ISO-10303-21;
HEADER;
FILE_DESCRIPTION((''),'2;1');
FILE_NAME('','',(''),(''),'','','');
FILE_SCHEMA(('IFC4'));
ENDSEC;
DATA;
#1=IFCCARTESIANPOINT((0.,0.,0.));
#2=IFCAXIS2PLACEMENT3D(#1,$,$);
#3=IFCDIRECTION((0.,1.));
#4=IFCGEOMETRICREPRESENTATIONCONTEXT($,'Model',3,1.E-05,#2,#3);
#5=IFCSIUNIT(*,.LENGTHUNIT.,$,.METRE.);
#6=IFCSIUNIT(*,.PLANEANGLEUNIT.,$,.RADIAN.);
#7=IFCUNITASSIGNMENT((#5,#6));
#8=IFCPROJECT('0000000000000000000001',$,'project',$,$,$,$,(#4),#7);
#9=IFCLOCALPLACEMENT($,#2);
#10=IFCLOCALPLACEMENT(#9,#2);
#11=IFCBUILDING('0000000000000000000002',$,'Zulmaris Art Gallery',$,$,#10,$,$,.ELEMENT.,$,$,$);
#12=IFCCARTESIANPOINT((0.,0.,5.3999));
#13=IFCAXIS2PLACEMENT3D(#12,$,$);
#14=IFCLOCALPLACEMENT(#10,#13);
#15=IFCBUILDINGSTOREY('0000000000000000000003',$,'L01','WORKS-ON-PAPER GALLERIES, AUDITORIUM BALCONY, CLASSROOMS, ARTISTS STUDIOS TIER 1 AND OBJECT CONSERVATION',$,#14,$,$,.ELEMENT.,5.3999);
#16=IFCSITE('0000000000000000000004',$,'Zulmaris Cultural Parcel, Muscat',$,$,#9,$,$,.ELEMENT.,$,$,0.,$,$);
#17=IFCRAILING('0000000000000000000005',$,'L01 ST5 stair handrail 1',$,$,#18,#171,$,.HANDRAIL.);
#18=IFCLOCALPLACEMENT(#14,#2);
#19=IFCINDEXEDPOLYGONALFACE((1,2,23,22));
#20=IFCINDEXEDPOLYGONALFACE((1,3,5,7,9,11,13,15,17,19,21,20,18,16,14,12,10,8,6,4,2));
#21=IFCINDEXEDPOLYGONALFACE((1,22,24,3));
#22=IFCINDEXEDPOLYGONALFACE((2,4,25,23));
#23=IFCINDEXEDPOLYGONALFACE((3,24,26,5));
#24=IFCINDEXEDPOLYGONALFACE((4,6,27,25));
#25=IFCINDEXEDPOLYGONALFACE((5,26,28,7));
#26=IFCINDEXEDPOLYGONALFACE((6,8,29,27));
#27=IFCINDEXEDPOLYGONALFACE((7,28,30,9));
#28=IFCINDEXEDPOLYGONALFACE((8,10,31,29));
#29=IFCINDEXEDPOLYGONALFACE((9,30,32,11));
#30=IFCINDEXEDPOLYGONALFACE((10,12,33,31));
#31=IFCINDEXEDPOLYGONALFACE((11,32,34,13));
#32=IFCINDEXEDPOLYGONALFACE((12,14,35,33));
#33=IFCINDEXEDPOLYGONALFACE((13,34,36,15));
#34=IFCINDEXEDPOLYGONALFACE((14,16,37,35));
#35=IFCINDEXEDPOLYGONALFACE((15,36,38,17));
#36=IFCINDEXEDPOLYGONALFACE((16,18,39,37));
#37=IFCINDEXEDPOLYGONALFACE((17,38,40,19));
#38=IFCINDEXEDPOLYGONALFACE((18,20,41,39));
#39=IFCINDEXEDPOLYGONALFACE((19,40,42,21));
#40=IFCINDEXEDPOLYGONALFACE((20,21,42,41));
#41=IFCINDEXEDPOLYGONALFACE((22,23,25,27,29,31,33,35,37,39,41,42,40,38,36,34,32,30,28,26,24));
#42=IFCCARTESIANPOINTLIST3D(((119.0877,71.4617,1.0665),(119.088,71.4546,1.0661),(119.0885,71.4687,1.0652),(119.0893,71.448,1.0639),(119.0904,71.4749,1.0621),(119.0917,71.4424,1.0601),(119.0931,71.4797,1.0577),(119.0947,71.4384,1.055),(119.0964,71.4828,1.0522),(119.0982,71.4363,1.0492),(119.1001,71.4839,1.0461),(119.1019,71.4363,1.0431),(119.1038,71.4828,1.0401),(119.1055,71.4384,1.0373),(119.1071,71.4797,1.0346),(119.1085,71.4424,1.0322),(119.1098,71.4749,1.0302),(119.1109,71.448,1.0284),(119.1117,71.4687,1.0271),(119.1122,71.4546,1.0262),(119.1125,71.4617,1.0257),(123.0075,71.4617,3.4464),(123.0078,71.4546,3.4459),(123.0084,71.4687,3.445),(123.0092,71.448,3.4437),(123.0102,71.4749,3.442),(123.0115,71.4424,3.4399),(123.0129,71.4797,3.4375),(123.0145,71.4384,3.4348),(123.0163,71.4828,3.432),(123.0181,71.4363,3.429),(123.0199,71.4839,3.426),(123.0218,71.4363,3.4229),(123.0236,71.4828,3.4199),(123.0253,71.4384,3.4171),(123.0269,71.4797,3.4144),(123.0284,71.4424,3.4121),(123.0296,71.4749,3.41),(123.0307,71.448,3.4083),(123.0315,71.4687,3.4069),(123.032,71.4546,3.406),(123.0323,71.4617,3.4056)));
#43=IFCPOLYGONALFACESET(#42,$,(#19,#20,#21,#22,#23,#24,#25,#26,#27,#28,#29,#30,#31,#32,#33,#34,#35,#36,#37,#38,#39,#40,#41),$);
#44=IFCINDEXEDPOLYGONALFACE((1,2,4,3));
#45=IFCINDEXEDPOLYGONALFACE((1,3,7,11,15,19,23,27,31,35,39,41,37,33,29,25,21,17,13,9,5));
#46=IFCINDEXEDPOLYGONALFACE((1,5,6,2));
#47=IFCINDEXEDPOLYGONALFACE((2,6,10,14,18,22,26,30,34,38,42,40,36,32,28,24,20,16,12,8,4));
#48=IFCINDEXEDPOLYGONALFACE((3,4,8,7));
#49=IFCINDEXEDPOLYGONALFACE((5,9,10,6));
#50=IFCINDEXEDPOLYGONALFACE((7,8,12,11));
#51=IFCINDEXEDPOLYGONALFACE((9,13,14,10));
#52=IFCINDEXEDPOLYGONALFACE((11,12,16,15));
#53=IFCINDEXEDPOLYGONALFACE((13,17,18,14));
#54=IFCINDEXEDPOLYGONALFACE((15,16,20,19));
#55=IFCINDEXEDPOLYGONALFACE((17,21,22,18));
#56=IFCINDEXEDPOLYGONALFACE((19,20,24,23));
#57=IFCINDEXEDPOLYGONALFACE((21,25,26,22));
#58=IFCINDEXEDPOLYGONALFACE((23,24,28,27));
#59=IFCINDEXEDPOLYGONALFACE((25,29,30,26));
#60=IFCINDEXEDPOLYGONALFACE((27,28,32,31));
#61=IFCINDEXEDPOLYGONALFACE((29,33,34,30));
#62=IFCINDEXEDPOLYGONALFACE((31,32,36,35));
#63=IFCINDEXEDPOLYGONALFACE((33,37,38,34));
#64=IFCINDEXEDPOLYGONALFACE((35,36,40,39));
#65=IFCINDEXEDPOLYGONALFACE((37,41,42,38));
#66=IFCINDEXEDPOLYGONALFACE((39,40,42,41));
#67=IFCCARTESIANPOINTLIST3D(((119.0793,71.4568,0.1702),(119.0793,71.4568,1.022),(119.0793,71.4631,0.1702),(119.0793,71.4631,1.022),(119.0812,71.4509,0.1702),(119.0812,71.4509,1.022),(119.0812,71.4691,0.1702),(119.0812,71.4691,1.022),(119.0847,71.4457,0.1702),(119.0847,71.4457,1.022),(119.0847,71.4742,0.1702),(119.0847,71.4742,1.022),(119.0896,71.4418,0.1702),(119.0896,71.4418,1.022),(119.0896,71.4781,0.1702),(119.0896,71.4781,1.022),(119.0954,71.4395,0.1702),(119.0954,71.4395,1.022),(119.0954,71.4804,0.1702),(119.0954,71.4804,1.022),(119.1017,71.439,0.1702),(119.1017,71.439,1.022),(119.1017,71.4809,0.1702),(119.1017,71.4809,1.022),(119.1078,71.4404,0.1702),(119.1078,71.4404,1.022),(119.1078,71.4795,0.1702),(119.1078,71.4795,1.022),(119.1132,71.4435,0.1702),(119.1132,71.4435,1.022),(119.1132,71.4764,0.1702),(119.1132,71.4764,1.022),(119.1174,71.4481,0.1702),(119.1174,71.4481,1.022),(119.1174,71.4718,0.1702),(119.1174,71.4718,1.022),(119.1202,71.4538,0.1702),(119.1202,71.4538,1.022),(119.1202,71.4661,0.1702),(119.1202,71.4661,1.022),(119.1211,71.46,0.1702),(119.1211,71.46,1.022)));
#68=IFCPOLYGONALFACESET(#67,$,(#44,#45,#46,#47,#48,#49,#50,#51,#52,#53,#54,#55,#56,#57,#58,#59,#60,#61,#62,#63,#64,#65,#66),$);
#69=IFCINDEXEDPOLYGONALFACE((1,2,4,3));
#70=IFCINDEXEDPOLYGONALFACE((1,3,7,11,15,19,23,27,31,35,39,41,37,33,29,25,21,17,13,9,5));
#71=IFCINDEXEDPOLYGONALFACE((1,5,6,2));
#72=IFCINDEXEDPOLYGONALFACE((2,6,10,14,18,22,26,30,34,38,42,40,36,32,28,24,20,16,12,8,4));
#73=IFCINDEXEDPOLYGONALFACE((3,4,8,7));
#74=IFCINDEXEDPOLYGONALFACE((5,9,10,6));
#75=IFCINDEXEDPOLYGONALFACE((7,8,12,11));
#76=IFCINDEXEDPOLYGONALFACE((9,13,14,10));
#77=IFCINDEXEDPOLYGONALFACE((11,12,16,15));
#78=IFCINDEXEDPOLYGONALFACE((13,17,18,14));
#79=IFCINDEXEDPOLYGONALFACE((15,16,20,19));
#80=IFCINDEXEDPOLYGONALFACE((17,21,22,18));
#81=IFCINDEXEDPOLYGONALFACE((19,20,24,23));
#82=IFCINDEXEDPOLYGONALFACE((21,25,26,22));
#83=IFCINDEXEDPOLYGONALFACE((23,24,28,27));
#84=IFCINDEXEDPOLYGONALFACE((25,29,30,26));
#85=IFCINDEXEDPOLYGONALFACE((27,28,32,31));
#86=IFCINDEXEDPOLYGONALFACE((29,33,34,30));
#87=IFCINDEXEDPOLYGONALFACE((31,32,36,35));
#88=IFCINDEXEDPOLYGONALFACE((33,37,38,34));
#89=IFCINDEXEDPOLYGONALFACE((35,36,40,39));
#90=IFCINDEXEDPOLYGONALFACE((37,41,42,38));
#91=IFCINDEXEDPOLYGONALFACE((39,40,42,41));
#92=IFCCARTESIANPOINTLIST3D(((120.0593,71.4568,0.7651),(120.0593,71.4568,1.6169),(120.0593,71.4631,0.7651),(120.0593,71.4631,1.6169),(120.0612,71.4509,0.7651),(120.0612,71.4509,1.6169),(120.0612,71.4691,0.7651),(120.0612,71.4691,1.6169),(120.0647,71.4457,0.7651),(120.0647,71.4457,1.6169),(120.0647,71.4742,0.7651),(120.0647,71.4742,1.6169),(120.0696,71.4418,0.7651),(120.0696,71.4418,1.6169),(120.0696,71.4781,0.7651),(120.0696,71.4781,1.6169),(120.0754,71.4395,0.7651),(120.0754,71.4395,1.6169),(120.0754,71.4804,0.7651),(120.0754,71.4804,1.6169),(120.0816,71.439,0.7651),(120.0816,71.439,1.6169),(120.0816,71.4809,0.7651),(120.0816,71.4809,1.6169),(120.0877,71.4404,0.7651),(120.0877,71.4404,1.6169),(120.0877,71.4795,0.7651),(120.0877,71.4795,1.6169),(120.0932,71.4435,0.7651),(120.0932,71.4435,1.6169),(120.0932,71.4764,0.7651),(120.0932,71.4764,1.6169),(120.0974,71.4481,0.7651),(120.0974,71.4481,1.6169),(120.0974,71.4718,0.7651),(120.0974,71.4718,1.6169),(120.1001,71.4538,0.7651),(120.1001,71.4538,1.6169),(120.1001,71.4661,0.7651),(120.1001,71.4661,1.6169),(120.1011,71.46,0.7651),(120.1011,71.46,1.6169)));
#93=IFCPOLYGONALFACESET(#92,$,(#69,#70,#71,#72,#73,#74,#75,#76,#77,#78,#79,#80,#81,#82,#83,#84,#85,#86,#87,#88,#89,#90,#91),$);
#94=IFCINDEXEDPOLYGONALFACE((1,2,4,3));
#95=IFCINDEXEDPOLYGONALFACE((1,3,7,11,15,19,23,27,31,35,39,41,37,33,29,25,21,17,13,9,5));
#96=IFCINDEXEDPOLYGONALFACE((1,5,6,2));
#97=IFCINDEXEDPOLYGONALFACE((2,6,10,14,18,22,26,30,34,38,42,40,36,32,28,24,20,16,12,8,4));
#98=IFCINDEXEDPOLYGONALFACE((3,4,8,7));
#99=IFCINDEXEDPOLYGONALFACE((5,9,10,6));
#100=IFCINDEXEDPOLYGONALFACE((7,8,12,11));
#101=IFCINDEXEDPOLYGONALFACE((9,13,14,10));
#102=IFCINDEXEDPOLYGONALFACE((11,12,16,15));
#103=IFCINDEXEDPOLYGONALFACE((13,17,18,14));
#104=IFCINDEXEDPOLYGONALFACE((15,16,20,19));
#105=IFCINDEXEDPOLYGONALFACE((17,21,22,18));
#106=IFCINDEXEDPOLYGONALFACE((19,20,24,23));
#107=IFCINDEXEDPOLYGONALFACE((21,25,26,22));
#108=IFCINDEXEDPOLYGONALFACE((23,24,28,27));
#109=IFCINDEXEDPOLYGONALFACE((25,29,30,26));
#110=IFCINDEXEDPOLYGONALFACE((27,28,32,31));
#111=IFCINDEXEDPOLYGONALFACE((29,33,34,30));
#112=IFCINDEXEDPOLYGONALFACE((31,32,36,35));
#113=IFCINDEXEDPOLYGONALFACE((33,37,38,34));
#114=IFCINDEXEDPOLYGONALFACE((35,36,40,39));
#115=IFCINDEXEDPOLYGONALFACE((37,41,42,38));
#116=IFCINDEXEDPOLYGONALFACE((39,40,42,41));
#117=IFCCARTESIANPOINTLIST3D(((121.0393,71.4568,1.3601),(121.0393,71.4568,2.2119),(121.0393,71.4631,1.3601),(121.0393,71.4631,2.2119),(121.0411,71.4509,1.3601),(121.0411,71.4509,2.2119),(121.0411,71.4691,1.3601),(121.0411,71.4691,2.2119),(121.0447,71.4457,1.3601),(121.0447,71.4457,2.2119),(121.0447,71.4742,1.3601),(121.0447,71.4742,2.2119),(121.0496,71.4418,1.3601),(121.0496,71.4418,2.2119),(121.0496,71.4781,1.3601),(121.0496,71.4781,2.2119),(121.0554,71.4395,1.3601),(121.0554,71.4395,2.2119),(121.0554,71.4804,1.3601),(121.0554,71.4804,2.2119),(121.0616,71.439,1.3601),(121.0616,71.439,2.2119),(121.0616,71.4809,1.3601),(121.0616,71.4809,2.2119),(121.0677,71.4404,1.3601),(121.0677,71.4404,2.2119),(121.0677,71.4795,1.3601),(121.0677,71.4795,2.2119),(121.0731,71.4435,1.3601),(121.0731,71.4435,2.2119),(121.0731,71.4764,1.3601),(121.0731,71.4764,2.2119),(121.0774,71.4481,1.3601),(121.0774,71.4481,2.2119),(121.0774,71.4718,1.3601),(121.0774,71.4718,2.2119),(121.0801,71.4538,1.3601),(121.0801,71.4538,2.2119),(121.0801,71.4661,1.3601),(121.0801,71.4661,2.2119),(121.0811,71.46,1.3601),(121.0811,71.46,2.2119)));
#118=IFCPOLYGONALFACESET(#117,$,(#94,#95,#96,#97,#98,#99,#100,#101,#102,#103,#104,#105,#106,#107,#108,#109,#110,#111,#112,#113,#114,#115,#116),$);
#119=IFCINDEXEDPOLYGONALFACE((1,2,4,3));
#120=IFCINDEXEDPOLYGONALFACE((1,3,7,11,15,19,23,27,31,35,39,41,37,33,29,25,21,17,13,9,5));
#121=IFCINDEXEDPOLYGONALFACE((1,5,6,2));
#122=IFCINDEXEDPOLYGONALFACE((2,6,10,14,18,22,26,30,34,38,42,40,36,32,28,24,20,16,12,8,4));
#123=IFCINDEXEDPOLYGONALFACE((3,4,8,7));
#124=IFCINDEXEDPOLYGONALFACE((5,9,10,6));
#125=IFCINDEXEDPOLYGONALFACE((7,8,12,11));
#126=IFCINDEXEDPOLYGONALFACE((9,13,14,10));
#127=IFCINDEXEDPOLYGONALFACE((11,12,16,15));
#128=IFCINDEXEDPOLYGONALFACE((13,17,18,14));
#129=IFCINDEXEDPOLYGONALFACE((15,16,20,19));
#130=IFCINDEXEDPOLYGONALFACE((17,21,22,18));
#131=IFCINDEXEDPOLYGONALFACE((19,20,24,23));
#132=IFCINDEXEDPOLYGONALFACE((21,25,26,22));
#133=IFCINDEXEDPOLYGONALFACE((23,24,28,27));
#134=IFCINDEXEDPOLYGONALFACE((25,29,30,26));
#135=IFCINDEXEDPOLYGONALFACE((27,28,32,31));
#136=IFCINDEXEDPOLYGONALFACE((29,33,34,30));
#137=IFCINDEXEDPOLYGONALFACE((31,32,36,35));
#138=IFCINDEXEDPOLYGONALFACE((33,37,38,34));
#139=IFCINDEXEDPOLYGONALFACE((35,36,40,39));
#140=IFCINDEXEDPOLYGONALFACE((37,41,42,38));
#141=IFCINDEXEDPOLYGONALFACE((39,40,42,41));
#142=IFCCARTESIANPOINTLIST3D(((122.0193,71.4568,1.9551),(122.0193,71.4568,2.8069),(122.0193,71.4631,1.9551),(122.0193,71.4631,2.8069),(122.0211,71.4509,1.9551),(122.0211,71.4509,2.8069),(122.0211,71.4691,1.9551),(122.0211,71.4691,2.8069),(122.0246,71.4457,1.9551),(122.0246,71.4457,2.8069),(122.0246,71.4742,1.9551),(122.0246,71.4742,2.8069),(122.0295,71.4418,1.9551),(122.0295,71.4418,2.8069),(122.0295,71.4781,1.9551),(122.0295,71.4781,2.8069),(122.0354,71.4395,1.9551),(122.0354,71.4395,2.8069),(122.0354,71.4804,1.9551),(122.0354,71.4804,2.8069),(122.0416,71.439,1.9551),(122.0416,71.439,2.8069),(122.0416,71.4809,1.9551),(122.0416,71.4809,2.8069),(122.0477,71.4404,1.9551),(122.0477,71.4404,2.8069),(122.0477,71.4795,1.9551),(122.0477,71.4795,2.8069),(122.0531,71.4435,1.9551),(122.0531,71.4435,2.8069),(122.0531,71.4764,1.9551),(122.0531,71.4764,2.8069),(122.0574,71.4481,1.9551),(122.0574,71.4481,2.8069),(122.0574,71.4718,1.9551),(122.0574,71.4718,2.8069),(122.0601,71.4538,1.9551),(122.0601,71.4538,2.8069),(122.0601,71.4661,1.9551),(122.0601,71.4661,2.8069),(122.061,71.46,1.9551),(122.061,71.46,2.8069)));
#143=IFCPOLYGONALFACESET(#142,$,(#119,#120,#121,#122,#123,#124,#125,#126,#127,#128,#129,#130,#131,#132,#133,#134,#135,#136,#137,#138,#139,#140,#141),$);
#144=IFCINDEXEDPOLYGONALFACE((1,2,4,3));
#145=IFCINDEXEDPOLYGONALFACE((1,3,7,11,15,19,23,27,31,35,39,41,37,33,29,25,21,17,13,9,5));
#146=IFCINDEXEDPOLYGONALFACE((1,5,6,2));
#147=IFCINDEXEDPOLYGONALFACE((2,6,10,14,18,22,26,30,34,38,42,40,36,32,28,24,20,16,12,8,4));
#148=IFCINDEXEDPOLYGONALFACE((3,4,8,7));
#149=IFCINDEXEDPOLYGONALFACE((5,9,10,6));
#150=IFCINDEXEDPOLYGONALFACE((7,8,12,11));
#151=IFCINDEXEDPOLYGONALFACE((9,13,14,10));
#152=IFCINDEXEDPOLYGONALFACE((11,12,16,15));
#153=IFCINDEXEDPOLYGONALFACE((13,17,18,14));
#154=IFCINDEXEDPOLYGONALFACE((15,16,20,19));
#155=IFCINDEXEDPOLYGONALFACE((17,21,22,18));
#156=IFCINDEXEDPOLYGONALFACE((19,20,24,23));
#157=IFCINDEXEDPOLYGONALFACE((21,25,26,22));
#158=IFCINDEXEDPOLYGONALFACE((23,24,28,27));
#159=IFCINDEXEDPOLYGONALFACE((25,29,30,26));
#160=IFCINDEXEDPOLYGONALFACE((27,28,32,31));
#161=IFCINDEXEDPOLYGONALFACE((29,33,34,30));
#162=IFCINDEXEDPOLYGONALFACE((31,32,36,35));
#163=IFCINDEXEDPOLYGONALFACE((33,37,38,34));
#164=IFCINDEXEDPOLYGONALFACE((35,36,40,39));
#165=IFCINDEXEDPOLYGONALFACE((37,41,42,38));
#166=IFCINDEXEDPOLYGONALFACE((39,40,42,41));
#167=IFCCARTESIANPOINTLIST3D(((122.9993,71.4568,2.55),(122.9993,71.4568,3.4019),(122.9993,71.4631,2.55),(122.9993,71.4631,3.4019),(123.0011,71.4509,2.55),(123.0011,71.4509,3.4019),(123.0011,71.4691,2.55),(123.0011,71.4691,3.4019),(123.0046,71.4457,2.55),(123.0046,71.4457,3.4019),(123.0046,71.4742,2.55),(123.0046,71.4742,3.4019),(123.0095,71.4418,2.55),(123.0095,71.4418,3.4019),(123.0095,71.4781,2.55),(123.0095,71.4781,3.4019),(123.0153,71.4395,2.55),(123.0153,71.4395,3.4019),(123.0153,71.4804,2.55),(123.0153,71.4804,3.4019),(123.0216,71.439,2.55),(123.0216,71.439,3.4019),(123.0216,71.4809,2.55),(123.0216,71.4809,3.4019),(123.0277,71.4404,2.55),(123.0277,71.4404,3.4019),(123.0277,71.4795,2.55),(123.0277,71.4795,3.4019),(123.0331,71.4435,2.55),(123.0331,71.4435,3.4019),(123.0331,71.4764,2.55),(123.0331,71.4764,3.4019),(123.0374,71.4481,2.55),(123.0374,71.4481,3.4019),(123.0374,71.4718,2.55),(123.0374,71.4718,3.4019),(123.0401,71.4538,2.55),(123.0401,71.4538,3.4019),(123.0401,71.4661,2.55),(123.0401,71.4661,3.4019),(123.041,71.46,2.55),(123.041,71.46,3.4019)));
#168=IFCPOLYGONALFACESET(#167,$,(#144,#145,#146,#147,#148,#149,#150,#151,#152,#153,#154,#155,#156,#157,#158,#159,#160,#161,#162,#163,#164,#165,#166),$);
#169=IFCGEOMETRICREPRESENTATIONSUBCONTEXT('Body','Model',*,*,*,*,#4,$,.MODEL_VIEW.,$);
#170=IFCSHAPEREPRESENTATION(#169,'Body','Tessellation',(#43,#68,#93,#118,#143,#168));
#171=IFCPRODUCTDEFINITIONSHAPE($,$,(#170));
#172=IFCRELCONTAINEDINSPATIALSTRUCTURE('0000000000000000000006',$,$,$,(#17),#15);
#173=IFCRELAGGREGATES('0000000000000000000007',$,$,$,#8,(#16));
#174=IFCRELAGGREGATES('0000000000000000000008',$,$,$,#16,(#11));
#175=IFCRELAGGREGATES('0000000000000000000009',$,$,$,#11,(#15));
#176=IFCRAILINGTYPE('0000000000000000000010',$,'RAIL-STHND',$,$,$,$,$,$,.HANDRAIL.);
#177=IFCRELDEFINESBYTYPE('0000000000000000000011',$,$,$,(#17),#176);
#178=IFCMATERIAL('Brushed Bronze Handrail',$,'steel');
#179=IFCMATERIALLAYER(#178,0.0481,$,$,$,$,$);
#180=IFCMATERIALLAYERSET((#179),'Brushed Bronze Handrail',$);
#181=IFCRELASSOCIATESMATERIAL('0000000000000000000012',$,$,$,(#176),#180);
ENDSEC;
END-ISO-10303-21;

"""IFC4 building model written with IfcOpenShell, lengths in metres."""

from ifc_helpers import new_model, si_unit, direction, frame, origin, origin_2d, place, context, subcontext, project, spatial, circle, extrude, material, layer, layer_set, type_object, element, save


model = new_model("IFC4")

# Units and contexts
model_context = context("Model", 3, precision=1e-05, world=origin(), true_north=direction((0.0, 1.0)))
body_context = subcontext(model_context, "Body", "Model", "MODEL_VIEW")
ifc_project = project(units=[si_unit("LENGTHUNIT", "METRE"), si_unit("PLANEANGLEUNIT", "RADIAN")], contexts=[model_context])

# Site, building, storey
site_placement = place(None, origin())
site = spatial("IfcSite", under=ifc_project, at=site_placement, Name="Zulmaris Cultural Parcel, Muscat", CompositionType="ELEMENT", RefElevation=0.0)
building_placement = place(site_placement, origin())
building = spatial("IfcBuilding", under=site, at=building_placement, Name="Zulmaris Art Gallery", CompositionType="ELEMENT")
storey_placement = place(building_placement, frame((0.0, 0.0, 5.3999)))
storey = spatial("IfcBuildingStorey", under=building, at=storey_placement, Name="L01", Description="WORKS-ON-PAPER GALLERIES, AUDITORIUM BALCONY, CLASSROOMS, ARTISTS STUDIOS TIER 1 AND OBJECT CONSERVATION", CompositionType="ELEMENT", Elevation=5.3999)

# Railing
ifc_material_1 = material(Name="Brushed Bronze Handrail", Category="steel")
ifc_layer_1 = layer(ifc_material_1, 0.0481)
ifc_layer_set_1 = layer_set([ifc_layer_1], Name="Brushed Bronze Handrail")
railing_type_1 = type_object("IfcRailingType", Name="RAIL-STHND", PredefinedType="HANDRAIL", material=ifc_layer_set_1)
railing_1_placement = place(storey_placement, frame((119.1001, 71.46, 0.1702)))
element("IfcRailing", 1, at=railing_1_placement, inside=storey, type_object=railing_type_1, Name="L01 ST5 stair handrail 1", PredefinedType="HANDRAIL", context=body_context, shape_type="SweptSolid", body=[
    extrude(circle(Radius=0.0239, at=origin_2d()), frame((0.0, 0.0, 0.876), z_axis=(0.854794, 0.0, 0.518967), x_axis=(0.0, 1.0, 0.0)), (0.0, 0.0, 1.0), 4.5857),
    extrude(circle(Radius=0.021, at=origin_2d()), origin(), (0.0, 0.0, 1.0), 0.8518),
    extrude(circle(Radius=0.021, at=origin_2d()), frame((0.98, 0.0, 0.595)), (0.0, 0.0, 1.0), 0.8518),
    extrude(circle(Radius=0.021, at=origin_2d()), frame((1.96, 0.0, 1.1899)), (0.0, 0.0, 1.0), 0.8518),
    extrude(circle(Radius=0.021, at=origin_2d()), frame((2.9399, 0.0, 1.7849)), (0.0, 0.0, 1.0), 0.8518),
    extrude(circle(Radius=0.021, at=origin_2d()), frame((3.9199, 0.0, 2.3799)), (0.0, 0.0, 1.0), 0.8518),
])

save(model, "model.ifc")
